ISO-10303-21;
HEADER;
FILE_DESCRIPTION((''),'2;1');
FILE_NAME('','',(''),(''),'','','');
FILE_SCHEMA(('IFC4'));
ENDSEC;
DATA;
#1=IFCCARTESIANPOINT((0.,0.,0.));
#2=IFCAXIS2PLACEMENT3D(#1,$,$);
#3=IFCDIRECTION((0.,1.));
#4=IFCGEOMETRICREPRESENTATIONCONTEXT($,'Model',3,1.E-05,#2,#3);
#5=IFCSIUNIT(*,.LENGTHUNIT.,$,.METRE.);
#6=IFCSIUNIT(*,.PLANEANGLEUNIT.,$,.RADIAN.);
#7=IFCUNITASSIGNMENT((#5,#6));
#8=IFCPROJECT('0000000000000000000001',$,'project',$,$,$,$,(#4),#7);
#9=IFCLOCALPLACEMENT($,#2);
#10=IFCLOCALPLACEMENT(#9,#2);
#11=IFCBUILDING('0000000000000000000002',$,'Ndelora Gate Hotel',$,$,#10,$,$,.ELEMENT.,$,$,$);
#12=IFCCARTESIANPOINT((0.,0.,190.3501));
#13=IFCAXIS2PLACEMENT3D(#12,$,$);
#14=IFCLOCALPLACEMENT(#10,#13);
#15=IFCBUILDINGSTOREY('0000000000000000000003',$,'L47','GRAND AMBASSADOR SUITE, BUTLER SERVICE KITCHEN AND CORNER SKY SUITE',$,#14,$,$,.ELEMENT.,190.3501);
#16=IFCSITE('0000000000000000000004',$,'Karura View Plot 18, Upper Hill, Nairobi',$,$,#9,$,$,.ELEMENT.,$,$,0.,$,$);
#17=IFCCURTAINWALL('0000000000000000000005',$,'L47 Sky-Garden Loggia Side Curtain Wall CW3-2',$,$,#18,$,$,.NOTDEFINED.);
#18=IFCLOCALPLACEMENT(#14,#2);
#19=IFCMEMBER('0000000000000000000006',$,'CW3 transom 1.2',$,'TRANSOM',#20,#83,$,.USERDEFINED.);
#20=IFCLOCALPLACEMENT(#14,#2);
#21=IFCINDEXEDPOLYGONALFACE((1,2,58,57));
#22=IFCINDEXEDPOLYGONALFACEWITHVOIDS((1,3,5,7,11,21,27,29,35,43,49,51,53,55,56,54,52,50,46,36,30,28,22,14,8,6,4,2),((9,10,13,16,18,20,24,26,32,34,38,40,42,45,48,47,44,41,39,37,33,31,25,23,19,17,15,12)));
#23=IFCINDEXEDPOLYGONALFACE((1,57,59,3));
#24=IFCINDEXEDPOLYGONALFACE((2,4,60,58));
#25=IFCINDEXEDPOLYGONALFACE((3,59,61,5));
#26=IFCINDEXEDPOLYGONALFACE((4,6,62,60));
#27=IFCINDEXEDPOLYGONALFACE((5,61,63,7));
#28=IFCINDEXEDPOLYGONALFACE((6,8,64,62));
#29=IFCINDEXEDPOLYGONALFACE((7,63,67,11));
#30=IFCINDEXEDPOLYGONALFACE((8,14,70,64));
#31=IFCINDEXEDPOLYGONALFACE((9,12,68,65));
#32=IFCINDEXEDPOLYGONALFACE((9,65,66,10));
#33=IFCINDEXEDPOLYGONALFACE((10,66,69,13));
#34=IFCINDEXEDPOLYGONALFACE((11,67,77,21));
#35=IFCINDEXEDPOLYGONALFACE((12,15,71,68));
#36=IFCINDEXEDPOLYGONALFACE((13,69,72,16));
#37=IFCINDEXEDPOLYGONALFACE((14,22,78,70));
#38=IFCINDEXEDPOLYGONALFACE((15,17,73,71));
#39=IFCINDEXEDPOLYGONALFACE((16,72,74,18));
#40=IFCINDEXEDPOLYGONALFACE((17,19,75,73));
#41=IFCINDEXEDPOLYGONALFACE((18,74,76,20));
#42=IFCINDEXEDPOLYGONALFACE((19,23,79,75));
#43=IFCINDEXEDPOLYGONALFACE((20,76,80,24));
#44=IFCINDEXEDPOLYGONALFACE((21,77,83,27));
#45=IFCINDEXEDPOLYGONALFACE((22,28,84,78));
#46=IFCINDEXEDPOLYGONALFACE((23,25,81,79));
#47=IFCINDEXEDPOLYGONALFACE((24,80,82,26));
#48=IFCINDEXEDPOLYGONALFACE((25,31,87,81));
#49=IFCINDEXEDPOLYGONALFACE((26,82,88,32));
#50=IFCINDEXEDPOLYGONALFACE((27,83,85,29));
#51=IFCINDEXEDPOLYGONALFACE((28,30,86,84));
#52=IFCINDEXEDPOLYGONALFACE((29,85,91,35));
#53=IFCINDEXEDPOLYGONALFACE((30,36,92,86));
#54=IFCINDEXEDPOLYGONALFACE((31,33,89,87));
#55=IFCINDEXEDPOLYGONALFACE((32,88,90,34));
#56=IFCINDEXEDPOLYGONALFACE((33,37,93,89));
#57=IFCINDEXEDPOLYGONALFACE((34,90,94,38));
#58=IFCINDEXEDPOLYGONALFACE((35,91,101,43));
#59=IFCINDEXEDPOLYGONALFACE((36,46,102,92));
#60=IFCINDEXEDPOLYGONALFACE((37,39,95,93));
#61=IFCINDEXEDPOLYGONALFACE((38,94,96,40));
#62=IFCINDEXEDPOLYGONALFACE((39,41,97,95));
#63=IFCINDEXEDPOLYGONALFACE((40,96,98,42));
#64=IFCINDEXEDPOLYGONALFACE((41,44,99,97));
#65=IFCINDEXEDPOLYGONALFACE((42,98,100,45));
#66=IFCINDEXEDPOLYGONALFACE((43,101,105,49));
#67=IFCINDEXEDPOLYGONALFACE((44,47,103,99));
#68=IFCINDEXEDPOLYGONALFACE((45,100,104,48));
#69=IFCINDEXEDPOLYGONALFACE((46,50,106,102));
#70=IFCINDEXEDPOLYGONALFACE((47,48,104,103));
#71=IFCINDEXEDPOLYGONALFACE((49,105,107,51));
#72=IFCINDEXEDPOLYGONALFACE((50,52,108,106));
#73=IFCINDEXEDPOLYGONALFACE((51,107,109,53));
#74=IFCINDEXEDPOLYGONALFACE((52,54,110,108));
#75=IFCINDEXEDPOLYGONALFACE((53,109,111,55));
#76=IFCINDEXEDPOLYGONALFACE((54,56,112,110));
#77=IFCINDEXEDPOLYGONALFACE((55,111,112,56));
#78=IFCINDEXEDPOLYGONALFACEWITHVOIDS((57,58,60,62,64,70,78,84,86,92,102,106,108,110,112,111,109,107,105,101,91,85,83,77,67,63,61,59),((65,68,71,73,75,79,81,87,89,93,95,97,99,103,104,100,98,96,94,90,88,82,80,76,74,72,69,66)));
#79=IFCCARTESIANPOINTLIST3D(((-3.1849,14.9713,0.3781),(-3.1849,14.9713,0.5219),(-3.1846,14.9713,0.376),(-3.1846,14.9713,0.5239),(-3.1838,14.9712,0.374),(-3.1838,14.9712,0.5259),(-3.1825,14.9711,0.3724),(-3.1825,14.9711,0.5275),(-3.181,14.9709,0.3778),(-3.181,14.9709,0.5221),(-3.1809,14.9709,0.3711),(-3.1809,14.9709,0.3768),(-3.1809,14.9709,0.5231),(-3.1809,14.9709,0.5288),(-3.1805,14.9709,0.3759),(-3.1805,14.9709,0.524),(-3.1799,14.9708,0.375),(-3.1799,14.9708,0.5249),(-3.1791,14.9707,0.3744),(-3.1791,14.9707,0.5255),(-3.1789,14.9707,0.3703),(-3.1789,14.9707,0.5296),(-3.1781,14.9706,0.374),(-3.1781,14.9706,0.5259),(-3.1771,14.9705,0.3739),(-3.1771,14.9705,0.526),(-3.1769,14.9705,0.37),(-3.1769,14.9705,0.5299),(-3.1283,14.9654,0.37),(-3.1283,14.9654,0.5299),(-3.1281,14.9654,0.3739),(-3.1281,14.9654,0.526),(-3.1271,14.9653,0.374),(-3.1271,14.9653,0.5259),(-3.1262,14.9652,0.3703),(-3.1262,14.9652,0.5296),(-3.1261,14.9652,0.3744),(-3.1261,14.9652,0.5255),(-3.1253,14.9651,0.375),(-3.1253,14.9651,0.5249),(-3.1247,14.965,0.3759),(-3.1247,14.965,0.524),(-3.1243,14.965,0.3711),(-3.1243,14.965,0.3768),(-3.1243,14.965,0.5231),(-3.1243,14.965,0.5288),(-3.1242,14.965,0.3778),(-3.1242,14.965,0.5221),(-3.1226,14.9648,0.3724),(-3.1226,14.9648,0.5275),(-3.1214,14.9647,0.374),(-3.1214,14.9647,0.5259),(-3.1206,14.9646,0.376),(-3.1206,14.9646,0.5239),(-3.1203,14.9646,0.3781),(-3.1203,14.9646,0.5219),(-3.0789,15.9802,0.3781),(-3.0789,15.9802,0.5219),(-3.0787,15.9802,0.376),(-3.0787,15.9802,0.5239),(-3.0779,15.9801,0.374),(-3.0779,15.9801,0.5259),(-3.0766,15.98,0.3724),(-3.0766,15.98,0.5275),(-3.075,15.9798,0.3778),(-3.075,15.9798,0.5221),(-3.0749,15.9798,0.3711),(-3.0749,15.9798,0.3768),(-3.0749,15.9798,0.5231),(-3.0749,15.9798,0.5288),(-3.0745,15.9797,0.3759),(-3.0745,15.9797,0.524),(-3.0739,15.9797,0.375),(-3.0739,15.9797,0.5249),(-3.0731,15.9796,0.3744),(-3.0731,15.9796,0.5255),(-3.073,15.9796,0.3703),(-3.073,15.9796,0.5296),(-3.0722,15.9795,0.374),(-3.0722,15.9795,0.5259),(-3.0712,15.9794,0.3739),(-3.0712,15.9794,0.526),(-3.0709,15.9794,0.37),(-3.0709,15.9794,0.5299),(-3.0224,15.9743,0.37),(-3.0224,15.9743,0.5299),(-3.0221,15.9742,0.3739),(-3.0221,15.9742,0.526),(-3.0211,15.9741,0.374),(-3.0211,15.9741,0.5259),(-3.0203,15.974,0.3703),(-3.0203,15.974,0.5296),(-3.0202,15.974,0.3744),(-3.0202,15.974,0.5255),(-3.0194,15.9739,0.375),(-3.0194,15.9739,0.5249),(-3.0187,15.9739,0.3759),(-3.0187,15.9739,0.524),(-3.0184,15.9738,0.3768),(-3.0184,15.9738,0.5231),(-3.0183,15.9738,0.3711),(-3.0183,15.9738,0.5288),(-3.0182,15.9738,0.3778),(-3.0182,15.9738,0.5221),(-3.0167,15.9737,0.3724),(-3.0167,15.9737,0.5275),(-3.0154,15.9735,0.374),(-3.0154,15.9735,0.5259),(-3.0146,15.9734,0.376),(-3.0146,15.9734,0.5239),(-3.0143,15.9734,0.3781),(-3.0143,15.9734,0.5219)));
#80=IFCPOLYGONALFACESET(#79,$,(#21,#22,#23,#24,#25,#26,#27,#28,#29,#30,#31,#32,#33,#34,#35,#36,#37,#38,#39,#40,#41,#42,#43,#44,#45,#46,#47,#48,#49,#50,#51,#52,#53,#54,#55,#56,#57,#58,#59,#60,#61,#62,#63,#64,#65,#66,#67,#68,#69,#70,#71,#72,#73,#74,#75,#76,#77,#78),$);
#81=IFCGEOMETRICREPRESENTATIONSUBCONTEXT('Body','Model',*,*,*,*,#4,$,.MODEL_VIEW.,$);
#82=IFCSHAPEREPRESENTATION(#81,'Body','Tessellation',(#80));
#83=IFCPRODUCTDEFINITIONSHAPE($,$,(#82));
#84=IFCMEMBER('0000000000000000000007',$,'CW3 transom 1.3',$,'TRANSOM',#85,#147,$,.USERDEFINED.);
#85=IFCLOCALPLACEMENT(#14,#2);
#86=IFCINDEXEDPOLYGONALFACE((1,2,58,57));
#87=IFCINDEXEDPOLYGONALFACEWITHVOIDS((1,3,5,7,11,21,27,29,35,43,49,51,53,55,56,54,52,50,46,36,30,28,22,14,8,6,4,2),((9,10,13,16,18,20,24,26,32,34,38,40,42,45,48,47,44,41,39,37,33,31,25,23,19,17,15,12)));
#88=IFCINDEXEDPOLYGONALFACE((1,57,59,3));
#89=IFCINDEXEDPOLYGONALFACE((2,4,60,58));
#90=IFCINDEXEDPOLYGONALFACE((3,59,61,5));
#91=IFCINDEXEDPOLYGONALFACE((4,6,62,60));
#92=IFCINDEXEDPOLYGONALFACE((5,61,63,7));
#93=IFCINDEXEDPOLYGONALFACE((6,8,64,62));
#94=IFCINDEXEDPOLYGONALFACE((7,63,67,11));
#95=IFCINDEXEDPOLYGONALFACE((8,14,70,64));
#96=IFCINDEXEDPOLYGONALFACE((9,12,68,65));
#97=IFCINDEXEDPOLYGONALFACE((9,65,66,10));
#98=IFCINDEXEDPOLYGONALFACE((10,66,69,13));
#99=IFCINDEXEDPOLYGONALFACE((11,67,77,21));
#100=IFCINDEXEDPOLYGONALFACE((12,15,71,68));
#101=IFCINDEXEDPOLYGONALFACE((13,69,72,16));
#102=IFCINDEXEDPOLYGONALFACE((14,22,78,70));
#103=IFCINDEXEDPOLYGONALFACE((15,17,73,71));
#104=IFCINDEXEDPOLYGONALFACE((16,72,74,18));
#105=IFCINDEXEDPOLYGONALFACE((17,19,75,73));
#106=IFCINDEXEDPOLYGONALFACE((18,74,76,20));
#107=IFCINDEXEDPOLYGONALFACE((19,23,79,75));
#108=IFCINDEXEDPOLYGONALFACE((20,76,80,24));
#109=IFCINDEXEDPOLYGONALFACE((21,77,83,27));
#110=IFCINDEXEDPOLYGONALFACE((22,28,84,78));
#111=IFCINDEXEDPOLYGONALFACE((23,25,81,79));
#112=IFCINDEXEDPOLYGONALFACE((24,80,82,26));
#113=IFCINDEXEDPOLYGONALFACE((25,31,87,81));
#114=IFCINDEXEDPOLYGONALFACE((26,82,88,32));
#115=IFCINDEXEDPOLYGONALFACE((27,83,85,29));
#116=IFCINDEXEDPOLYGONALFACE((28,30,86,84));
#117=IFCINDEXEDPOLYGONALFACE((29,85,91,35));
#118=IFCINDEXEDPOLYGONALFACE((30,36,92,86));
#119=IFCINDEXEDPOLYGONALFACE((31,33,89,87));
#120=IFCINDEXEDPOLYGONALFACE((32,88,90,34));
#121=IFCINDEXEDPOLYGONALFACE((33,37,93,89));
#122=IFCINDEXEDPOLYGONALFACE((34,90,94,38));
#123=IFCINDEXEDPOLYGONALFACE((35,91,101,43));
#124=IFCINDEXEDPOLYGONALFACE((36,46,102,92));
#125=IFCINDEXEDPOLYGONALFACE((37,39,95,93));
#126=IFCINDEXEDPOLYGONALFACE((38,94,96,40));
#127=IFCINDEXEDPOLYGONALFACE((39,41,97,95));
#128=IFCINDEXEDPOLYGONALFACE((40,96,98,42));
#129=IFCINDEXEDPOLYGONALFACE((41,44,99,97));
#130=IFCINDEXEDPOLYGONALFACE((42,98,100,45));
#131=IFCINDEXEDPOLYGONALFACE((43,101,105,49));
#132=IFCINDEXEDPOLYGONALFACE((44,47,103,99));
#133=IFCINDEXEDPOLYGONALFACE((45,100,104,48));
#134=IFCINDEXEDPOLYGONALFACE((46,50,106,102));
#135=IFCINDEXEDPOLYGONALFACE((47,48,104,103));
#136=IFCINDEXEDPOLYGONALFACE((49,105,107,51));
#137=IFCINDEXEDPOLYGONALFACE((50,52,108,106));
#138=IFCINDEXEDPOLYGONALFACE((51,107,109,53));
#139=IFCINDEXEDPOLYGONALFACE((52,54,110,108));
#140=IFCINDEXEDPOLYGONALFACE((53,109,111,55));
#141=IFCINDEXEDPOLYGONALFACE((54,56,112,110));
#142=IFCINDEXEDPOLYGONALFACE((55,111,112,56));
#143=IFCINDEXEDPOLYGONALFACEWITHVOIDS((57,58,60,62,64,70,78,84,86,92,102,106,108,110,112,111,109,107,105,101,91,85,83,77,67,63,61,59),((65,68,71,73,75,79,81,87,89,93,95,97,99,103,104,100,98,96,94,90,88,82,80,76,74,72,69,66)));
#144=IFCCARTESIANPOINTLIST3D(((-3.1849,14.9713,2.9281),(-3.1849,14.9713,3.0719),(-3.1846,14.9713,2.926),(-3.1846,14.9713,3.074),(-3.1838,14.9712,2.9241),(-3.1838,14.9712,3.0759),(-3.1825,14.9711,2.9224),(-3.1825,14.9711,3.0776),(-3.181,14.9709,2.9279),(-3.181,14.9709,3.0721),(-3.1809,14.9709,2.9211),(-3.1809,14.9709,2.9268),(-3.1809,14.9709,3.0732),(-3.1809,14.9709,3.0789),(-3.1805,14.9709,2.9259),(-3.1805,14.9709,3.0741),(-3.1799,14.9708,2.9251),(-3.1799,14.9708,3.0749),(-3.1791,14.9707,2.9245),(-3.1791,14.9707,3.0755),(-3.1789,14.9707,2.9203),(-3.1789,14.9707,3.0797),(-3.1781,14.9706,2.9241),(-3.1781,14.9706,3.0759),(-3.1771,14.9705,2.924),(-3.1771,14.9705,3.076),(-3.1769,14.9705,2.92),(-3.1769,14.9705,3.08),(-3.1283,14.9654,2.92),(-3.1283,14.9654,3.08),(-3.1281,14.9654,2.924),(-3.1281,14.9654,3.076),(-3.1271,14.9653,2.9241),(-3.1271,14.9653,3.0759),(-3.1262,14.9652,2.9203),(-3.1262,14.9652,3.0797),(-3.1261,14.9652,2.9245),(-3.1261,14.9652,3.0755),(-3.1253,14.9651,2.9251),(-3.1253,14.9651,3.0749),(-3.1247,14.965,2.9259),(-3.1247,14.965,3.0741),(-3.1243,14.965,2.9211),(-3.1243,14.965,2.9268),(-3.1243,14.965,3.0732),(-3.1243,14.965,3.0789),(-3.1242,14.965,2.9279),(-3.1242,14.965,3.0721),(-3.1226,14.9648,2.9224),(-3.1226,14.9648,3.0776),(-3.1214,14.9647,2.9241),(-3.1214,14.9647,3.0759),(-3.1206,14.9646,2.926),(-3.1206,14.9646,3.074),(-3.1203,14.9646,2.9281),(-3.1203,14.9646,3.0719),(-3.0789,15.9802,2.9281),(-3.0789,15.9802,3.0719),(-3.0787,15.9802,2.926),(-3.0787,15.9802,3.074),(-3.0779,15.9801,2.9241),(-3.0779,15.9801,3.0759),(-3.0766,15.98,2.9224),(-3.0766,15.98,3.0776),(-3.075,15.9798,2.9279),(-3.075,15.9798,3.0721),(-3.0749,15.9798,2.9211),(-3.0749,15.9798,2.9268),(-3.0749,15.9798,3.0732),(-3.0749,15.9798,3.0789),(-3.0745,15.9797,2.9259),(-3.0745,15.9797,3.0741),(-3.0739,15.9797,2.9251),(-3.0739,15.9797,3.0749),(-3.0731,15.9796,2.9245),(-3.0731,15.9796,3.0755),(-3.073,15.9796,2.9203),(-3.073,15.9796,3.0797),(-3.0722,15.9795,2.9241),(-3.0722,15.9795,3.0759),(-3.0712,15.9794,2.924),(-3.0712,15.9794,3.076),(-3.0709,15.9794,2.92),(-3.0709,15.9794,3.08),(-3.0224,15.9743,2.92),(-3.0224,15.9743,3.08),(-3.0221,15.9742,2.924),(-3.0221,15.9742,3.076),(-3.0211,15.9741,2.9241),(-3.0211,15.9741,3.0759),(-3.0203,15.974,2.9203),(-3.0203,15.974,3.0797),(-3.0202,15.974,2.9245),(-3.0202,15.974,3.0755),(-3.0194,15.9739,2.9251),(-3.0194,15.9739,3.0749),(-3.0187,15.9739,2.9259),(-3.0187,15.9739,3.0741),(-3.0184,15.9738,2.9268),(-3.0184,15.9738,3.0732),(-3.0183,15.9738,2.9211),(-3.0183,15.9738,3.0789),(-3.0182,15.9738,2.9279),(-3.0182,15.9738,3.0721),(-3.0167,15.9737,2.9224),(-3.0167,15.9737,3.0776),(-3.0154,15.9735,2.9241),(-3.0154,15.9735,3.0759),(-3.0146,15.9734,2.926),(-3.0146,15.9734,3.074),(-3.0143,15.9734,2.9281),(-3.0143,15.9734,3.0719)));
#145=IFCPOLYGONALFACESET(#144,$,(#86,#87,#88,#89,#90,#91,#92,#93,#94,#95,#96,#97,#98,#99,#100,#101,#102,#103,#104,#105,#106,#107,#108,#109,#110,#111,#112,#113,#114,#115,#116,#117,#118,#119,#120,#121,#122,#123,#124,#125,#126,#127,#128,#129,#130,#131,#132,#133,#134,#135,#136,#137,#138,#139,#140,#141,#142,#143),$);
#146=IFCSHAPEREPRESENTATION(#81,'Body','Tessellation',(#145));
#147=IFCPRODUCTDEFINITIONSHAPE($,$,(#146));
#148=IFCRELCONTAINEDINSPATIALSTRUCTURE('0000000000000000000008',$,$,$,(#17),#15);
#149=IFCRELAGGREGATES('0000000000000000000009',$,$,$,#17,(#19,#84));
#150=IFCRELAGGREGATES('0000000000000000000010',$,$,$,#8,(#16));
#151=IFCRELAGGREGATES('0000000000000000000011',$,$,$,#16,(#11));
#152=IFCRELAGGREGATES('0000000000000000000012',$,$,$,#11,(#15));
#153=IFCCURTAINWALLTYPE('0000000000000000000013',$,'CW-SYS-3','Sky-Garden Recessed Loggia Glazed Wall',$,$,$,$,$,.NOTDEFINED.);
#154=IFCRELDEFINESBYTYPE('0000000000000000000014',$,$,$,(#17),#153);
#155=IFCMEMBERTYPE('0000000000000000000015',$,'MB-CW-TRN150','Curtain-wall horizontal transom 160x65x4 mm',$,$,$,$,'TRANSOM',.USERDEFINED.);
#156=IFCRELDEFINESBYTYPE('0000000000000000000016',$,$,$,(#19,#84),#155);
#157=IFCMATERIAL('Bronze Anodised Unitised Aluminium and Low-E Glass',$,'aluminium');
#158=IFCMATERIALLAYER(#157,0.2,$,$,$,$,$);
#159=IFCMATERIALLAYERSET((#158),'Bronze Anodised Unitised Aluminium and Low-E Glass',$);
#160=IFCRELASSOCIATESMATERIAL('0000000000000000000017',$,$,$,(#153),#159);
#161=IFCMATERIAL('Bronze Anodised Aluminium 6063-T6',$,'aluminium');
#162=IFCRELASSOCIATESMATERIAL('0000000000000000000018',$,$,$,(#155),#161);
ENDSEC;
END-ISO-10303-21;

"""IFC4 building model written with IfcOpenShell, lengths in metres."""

from ifc_helpers import new_model, si_unit, direction, frame, origin, origin_2d, place, context, subcontext, project, spatial, hollow_rectangle, extrude, material, layer, layer_set, material_profile, profile_set, type_object, element, aggregate, save


model = new_model("IFC4")

# Units and contexts
model_context = context("Model", 3, precision=1e-05, world=origin(), true_north=direction((0.0, 1.0)))
body_context = subcontext(model_context, "Body", "Model", "MODEL_VIEW")
ifc_project = project(units=[si_unit("LENGTHUNIT", "METRE"), si_unit("PLANEANGLEUNIT", "RADIAN")], contexts=[model_context])

# Site, building, storey
site_placement = place(None, origin())
site = spatial("IfcSite", under=ifc_project, at=site_placement, Name="Karura View Plot 18, Upper Hill, Nairobi", CompositionType="ELEMENT", RefElevation=0.0)
building_placement = place(site_placement, origin())
building = spatial("IfcBuilding", under=site, at=building_placement, Name="Ndelora Gate Hotel", CompositionType="ELEMENT")
storey_placement = place(building_placement, frame((0.0, 0.0, 190.3501)))
storey = spatial("IfcBuildingStorey", under=building, at=storey_placement, Name="L47", Description="GRAND AMBASSADOR SUITE, BUTLER SERVICE KITCHEN AND CORNER SKY SUITE", CompositionType="ELEMENT", Elevation=190.3501)

# Curtain wall, members
ifc_material_1 = material(Name="Bronze Anodised Unitised Aluminium and Low-E Glass", Category="aluminium")
ifc_layer_1 = layer(ifc_material_1, 0.2)
ifc_layer_set_1 = layer_set([ifc_layer_1], Name="Bronze Anodised Unitised Aluminium and Low-E Glass")
curtain_wall_type = type_object("IfcCurtainWallType", Name="CW-SYS-3", Description="Sky-Garden Recessed Loggia Glazed Wall", PredefinedType="NOTDEFINED", material=ifc_layer_set_1)
curtain_wall_placement = place(storey_placement, origin())
curtain_wall = element("IfcCurtainWall", 1, at=curtain_wall_placement, inside=storey, type_object=curtain_wall_type, Name="L47 Sky-Garden Loggia Side Curtain Wall CW3-2", PredefinedType="NOTDEFINED")
ifc_material_2 = material(Name="Bronze Anodised Aluminium 6063-T6", Category="aluminium")
ifc_material_profile_1 = material_profile(ifc_material_2, hollow_rectangle(XDim=0.0649, YDim=0.1599, WallThickness=0.0039, InnerFilletRadius=0.0039, OuterFilletRadius=0.0081, at=origin_2d()), Name="ALU 160x65x4")
ifc_profile_set_1 = profile_set([ifc_material_profile_1], Name="Bronze Anodised Aluminium 6063-T6")
member_type_1 = type_object("IfcMemberType", Name="MB-CW-TRN150", Description="Curtain-wall horizontal transom 160x65x4 mm", ElementType="TRANSOM", PredefinedType="USERDEFINED", material=ifc_profile_set_1)
member_1_placement = place(storey_placement, frame((-3.0466, 15.9768, 0.45), z_axis=(-0.104459, -0.994529, 0.0), x_axis=(0.994529, -0.104459, 0.0)))
member_1 = element("IfcMember", 2, at=member_1_placement, type_object=member_type_1, Name="CW3 transom 1.2", ObjectType="TRANSOM", PredefinedType="USERDEFINED", context=body_context, shape_type="SweptSolid", body=[
    extrude(hollow_rectangle(XDim=0.0649, YDim=0.1599, WallThickness=0.0039, InnerFilletRadius=0.0039, OuterFilletRadius=0.0081, at=origin_2d()), origin(), (0.0, 0.0, 1.0), 1.0144),
])
member_2_placement = place(storey_placement, frame((-3.0466, 15.9768, 3.0), z_axis=(-0.104459, -0.994529, 0.0), x_axis=(0.994529, -0.104459, 0.0)))
member_2 = element("IfcMember", 3, at=member_2_placement, type_object=member_type_1, Name="CW3 transom 1.3", ObjectType="TRANSOM", PredefinedType="USERDEFINED", context=body_context, shape_type="SweptSolid", body=[
    extrude(hollow_rectangle(XDim=0.0649, YDim=0.1599, WallThickness=0.0039, InnerFilletRadius=0.0039, OuterFilletRadius=0.0081, at=origin_2d()), origin(), (0.0, 0.0, 1.0), 1.0144),
])
aggregate(curtain_wall, [member_1, member_2])

save(model, "model.ifc")
